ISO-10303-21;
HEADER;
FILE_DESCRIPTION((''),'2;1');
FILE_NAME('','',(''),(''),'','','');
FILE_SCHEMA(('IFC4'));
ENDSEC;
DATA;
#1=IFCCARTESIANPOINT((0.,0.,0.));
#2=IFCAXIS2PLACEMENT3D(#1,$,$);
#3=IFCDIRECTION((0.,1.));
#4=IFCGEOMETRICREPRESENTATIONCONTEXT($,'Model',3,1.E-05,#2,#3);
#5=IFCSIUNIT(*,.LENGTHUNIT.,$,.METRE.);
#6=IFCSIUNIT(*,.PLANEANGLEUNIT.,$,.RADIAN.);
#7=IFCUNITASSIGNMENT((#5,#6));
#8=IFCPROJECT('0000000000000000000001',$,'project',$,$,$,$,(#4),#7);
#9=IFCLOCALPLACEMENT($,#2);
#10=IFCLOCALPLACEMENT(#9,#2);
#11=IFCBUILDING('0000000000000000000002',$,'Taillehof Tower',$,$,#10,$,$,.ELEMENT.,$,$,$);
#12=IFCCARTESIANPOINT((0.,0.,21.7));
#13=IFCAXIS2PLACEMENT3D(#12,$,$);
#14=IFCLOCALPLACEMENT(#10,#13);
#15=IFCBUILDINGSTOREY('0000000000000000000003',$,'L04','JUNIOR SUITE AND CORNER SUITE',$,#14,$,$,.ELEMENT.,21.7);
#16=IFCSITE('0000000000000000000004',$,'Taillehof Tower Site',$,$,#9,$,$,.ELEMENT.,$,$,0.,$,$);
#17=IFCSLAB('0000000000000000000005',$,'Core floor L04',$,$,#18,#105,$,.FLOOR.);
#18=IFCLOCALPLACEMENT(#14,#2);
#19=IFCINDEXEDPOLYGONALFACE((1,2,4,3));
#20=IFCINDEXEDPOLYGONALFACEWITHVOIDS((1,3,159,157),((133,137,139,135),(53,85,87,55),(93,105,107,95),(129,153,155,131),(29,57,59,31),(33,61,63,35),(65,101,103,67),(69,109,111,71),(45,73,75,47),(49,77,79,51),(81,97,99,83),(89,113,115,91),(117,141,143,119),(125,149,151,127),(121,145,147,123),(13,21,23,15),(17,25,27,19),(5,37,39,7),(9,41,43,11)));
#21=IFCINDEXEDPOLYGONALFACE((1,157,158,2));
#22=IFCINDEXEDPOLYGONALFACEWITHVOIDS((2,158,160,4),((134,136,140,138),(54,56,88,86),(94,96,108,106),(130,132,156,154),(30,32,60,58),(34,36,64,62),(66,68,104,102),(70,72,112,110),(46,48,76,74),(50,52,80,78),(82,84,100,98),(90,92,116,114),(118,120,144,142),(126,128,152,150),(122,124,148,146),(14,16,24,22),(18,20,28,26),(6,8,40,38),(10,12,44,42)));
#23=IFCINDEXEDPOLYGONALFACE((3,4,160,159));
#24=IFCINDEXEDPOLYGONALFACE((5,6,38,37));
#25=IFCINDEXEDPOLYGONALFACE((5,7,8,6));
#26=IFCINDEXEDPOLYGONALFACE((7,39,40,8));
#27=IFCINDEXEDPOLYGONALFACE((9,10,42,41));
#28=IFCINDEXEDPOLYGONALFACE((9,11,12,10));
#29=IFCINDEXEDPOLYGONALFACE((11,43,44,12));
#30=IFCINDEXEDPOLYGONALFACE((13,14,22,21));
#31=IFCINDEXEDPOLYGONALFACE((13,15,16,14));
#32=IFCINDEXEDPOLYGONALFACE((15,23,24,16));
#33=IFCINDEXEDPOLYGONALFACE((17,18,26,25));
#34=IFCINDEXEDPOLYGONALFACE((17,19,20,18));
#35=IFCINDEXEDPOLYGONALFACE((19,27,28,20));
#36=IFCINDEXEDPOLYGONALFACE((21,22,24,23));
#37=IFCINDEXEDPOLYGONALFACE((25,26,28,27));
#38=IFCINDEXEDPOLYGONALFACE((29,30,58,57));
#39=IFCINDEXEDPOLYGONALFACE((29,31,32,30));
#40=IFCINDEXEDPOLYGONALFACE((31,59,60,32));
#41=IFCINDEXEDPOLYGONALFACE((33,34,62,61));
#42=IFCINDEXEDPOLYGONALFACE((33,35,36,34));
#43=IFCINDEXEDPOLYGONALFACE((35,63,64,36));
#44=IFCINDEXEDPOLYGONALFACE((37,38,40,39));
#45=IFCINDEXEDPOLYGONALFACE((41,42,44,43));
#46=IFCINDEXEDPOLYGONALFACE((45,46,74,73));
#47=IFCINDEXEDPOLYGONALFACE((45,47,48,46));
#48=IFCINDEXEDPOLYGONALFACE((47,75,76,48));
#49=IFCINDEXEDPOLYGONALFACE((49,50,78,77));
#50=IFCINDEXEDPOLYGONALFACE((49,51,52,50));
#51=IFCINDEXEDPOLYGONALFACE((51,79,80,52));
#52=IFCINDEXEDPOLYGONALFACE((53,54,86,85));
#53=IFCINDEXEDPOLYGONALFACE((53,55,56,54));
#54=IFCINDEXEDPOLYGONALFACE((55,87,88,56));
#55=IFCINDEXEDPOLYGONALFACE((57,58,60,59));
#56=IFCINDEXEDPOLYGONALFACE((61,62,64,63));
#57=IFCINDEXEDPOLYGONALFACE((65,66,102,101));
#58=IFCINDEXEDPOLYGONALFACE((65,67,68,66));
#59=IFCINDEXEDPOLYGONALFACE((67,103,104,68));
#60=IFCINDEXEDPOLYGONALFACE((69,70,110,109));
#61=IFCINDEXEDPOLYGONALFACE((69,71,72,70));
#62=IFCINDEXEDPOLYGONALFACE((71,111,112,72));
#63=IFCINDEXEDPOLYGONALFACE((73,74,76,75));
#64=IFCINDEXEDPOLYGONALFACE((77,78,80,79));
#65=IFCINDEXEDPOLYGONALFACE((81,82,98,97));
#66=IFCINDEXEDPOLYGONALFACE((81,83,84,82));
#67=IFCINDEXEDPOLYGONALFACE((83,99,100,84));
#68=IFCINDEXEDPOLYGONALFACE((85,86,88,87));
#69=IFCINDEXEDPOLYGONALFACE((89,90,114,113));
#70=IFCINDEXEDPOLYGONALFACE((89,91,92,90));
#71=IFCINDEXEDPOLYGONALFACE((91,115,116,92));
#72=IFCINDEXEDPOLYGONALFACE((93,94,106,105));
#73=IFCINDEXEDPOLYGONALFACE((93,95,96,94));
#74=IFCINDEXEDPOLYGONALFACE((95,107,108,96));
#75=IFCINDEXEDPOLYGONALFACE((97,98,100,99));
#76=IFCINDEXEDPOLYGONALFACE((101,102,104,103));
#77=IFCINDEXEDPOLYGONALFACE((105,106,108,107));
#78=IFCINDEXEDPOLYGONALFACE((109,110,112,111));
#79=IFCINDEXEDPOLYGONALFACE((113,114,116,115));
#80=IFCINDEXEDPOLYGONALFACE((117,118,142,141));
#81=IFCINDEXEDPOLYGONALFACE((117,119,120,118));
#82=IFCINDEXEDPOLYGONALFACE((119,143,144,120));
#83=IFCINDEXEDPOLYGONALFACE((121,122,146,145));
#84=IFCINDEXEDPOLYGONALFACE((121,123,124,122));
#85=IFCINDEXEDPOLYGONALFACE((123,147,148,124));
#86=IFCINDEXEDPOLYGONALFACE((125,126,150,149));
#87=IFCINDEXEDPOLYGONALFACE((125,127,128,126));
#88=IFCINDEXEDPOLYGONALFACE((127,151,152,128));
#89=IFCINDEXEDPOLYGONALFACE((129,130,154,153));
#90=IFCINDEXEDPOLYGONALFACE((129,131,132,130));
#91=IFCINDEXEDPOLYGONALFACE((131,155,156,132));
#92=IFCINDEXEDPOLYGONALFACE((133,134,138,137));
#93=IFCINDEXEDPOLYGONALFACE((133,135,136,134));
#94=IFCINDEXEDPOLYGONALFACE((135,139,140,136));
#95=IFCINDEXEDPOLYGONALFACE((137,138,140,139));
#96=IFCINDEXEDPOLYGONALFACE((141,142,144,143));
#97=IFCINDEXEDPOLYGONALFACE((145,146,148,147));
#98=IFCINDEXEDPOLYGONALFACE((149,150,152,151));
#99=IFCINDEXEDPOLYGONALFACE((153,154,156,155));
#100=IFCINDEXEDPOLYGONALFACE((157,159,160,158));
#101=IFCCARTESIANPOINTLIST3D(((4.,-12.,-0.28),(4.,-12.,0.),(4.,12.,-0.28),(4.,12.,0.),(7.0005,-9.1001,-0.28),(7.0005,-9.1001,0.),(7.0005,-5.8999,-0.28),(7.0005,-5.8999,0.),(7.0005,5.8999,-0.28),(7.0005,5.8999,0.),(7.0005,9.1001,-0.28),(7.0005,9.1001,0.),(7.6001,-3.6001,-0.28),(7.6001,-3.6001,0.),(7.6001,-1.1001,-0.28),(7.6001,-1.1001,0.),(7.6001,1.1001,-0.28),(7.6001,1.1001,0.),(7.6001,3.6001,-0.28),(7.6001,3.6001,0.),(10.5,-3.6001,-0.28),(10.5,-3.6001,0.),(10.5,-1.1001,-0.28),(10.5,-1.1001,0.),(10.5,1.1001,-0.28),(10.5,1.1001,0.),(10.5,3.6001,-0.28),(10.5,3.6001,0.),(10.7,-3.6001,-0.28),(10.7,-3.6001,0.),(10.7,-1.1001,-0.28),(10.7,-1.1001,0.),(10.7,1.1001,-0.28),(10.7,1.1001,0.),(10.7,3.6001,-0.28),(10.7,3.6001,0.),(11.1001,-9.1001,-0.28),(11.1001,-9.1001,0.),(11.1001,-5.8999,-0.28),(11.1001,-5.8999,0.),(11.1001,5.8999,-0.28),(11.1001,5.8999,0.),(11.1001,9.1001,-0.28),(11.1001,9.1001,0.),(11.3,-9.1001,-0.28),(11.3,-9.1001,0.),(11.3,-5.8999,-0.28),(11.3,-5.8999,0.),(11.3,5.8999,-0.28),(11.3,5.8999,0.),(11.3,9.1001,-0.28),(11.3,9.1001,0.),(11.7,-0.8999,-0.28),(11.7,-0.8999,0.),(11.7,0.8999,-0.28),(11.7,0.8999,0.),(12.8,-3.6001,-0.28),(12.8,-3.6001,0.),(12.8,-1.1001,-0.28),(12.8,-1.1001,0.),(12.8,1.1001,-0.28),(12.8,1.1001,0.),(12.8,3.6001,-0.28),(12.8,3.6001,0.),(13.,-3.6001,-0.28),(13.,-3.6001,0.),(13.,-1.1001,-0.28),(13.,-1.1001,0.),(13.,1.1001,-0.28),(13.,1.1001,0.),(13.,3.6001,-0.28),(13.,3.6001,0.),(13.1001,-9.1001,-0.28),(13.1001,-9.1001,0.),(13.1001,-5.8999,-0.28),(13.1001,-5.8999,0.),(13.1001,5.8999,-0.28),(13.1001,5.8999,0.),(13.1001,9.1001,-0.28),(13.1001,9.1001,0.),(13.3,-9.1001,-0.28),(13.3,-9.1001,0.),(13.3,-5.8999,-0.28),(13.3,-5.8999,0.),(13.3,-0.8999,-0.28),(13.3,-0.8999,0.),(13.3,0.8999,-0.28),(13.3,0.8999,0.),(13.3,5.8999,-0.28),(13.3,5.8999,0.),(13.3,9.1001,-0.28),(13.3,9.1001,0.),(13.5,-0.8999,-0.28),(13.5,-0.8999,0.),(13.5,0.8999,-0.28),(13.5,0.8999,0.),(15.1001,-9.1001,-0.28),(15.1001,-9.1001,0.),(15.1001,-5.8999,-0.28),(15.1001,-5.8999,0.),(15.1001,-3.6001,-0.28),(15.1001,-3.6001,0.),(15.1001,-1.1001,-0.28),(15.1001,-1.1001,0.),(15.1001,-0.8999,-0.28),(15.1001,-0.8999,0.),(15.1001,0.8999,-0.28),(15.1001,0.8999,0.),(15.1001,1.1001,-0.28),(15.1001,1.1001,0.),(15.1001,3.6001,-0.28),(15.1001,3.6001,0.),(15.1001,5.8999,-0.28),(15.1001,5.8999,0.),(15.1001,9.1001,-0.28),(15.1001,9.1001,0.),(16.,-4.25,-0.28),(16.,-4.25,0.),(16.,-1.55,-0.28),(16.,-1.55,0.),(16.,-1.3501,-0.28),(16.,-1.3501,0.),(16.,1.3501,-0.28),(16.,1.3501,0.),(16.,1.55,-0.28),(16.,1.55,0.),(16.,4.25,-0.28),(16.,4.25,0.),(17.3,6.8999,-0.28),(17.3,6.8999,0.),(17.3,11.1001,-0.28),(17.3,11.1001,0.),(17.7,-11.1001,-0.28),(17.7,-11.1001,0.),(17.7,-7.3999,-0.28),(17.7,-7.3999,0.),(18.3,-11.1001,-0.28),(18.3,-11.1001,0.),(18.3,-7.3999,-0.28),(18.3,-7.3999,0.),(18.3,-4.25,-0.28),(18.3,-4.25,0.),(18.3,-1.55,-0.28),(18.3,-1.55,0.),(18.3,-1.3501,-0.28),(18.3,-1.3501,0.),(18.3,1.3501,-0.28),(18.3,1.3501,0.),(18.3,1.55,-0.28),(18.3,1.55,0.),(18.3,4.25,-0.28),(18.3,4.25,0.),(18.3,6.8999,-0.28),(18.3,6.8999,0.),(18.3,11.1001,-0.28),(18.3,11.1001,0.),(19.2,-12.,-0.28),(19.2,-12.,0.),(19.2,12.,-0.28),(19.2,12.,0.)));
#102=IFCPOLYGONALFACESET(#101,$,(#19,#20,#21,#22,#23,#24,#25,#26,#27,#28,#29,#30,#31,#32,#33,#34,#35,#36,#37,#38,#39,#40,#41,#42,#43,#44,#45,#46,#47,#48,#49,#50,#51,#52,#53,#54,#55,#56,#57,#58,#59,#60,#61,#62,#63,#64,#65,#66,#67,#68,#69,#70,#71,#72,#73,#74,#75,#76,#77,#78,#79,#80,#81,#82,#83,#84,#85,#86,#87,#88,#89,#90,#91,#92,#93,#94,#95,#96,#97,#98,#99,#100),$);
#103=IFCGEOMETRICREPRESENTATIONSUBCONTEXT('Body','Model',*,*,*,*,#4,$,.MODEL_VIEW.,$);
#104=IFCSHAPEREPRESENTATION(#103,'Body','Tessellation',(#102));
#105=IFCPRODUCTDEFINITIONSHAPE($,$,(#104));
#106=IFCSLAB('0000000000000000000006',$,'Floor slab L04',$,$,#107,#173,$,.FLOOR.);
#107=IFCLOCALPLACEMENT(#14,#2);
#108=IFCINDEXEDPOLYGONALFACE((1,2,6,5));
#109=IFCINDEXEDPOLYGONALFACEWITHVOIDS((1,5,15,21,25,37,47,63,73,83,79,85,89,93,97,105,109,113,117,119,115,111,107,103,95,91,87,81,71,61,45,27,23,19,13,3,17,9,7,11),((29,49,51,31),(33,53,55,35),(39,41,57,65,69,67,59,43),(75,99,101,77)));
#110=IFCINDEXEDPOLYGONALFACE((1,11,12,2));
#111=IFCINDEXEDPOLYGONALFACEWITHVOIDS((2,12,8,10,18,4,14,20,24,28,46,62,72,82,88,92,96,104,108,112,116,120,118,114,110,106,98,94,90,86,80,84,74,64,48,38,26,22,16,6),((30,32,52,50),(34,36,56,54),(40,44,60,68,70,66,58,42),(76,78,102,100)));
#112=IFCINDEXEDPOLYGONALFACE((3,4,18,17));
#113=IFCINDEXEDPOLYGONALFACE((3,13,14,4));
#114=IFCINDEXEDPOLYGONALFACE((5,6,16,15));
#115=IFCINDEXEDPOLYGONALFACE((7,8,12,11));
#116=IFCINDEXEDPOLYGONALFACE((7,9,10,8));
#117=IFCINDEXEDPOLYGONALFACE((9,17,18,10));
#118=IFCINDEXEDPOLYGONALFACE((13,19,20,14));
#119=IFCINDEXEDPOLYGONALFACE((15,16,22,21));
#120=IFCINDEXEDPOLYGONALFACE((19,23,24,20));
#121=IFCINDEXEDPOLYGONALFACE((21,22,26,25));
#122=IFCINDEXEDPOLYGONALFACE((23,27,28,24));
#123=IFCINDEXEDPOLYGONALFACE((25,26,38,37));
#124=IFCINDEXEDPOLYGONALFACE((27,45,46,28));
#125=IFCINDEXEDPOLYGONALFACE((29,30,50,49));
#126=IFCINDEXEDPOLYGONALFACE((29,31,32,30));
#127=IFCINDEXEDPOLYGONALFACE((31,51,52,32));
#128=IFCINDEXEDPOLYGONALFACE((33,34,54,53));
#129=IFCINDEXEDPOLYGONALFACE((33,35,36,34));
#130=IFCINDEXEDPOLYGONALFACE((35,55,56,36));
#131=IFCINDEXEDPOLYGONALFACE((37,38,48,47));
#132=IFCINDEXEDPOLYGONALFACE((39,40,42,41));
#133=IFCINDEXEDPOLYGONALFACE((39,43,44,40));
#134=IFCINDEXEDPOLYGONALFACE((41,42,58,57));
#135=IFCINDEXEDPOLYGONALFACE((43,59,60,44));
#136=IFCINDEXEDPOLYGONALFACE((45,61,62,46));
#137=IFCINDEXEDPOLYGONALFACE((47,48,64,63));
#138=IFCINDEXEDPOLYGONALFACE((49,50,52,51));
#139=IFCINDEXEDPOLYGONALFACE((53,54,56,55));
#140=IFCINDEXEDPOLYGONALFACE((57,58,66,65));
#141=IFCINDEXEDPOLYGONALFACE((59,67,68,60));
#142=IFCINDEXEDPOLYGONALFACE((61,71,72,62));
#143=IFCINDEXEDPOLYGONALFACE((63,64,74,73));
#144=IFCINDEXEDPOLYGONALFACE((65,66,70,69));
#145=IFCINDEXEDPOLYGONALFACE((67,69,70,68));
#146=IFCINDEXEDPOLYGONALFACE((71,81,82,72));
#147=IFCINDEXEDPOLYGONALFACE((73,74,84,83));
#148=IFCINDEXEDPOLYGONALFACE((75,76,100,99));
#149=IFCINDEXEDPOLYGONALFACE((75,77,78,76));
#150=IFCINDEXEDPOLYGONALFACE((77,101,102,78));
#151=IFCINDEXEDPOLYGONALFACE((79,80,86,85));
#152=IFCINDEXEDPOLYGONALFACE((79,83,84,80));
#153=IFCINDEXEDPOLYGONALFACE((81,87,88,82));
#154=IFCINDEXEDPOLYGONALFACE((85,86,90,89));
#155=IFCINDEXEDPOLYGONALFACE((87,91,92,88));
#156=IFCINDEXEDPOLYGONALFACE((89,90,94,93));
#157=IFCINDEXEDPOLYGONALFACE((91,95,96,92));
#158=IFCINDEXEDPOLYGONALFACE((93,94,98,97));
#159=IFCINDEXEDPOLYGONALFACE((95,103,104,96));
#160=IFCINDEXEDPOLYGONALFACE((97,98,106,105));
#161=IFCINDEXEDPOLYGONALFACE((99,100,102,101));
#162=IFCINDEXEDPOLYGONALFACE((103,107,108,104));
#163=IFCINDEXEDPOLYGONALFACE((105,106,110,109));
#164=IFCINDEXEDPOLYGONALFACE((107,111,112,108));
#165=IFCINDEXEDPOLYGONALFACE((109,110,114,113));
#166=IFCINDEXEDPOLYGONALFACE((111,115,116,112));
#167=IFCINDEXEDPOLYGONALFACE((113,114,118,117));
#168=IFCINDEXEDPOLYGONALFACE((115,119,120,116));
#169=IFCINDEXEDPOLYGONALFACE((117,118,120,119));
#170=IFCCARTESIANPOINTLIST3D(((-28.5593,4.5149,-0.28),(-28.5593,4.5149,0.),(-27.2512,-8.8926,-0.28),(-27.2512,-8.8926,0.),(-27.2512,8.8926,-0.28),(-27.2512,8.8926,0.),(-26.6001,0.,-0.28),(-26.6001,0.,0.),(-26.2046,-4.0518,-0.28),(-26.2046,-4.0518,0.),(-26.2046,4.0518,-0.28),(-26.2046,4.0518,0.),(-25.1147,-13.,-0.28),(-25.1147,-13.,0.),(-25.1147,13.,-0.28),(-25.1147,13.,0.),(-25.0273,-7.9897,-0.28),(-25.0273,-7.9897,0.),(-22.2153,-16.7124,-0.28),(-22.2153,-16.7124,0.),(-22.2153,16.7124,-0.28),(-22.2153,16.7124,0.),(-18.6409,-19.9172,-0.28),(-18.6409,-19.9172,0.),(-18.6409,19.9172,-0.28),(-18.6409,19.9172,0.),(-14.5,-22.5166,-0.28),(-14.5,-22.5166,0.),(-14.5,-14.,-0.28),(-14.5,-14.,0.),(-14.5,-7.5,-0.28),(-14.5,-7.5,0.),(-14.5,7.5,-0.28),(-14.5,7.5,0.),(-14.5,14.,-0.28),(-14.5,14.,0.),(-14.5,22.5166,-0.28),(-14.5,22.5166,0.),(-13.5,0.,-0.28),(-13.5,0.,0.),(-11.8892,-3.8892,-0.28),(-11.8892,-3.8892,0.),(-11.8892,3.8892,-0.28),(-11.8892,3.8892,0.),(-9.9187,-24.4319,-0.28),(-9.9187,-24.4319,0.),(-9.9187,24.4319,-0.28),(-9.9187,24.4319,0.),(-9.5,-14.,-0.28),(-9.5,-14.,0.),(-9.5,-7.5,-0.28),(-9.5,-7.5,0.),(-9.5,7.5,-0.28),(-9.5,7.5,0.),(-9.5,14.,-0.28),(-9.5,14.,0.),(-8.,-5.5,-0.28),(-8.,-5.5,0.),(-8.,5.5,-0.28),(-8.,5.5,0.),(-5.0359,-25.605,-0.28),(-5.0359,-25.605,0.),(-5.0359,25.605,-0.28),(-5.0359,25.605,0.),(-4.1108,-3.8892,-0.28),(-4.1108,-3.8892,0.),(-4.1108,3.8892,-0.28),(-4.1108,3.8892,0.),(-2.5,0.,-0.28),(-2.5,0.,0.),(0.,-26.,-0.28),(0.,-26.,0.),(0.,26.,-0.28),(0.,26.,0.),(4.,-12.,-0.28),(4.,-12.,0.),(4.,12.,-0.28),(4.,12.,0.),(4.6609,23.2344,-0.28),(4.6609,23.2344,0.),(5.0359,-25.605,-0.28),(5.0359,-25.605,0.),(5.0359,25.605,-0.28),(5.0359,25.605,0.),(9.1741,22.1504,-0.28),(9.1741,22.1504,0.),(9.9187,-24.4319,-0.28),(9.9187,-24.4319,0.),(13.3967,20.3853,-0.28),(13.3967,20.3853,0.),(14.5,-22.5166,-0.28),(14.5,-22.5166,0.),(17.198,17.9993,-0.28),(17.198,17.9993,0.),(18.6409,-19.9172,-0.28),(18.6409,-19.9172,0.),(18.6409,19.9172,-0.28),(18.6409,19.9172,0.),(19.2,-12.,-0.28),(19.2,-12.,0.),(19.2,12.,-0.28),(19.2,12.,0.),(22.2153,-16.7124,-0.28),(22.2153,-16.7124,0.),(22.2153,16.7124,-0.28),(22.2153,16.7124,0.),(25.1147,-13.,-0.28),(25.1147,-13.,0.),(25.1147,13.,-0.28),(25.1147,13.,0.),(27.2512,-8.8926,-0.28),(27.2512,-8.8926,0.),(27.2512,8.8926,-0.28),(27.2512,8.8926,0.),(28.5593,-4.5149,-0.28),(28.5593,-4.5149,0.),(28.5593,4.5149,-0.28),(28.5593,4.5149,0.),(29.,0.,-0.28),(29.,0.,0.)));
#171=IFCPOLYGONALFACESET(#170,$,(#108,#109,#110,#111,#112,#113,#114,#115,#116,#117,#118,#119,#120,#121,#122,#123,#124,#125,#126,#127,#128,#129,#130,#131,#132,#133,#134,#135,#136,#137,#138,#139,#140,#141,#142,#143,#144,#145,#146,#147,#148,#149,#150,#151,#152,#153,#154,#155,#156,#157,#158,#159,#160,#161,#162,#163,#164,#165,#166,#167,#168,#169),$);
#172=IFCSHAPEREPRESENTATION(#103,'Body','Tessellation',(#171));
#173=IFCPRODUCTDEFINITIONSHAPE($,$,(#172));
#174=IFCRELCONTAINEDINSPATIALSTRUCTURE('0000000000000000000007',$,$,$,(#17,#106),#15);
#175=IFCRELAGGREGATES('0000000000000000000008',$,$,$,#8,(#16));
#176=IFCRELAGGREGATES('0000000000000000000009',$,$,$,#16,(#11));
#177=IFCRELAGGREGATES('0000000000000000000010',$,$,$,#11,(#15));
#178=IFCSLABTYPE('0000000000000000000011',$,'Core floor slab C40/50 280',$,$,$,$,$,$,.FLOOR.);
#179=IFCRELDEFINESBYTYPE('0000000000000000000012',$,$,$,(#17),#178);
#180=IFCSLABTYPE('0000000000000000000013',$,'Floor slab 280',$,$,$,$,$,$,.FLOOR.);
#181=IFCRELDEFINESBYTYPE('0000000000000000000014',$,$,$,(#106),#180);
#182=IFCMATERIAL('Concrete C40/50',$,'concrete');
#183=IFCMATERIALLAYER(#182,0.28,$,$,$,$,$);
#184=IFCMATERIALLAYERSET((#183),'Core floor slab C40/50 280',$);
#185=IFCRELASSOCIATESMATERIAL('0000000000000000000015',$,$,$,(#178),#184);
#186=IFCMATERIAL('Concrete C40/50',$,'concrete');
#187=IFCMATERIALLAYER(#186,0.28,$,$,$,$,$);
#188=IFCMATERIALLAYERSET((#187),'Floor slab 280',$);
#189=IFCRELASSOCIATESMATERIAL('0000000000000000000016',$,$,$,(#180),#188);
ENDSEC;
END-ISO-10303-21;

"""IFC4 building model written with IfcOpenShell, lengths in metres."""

from ifc_helpers import new_model, si_unit, direction, frame, origin, place, context, subcontext, project, spatial, polyline, outline, extrude, material, layer, layer_set, type_object, element, save


model = new_model("IFC4")

# Units and contexts
model_context = context("Model", 3, precision=1e-05, world=origin(), true_north=direction((0.0, 1.0)))
body_context = subcontext(model_context, "Body", "Model", "MODEL_VIEW")
ifc_project = project(units=[si_unit("LENGTHUNIT", "METRE"), si_unit("PLANEANGLEUNIT", "RADIAN")], contexts=[model_context])

# Site, building, storey
site_placement = place(None, origin())
site = spatial("IfcSite", under=ifc_project, at=site_placement, Name="Taillehof Tower Site", CompositionType="ELEMENT", RefElevation=0.0)
building_placement = place(site_placement, origin())
building = spatial("IfcBuilding", under=site, at=building_placement, Name="Taillehof Tower", CompositionType="ELEMENT")
storey_placement = place(building_placement, frame((0.0, 0.0, 21.7)))
storey = spatial("IfcBuildingStorey", under=building, at=storey_placement, Name="L04", Description="JUNIOR SUITE AND CORNER SUITE", CompositionType="ELEMENT", Elevation=21.7)

# Slabs
ifc_material_1 = material(Name="Concrete C40/50", Category="concrete")
ifc_layer_1 = layer(ifc_material_1, 0.28)
ifc_layer_set_1 = layer_set([ifc_layer_1], Name="Core floor slab C40/50 280")
slab_type_1 = type_object("IfcSlabType", Name="Core floor slab C40/50 280", PredefinedType="FLOOR", material=ifc_layer_set_1)
slab_1_placement = place(storey_placement, frame((0.0, 0.0, -0.28)))
element("IfcSlab", 1, at=slab_1_placement, inside=storey, type_object=slab_type_1, Name="Core floor L04", PredefinedType="FLOOR", context=body_context, shape_type="SweptSolid", body=[
    extrude(outline(polyline([(4.0, -12.0), (4.0, 12.0), (19.2, 12.0), (19.2, -12.0), (4.0, -12.0)]), holes=[polyline([(7.0005, -9.1001), (11.1001, -9.1001), (11.1001, -5.8999), (7.0005, -5.8999), (7.0005, -9.1001)]), polyline([(13.1001, -9.1001), (13.1001, -5.8999), (11.3, -5.8999), (11.3, -9.1001), (13.1001, -9.1001)]), polyline([(10.5, -3.6001), (10.5, -1.1001), (7.6001, -1.1001), (7.6001, -3.6001), (10.5, -3.6001)]), polyline([(12.8, -3.6001), (12.8, -1.1001), (10.7, -1.1001), (10.7, -3.6001), (12.8, -3.6001)]), polyline([(13.3, -0.8999), (13.3, 0.8999), (11.7, 0.8999), (11.7, -0.8999), (13.3, -0.8999)]), polyline([(10.5, 1.1001), (10.5, 3.6001), (7.6001, 3.6001), (7.6001, 1.1001), (10.5, 1.1001)]), polyline([(12.8, 1.1001), (12.8, 3.6001), (10.7, 3.6001), (10.7, 1.1001), (12.8, 1.1001)]), polyline([(13.0, 1.1001), (15.1001, 1.1001), (15.1001, 3.6001), (13.0, 3.6001), (13.0, 1.1001)]), polyline([(11.3, 5.8999), (13.1001, 5.8999), (13.1001, 9.1001), (11.3, 9.1001), (11.3, 5.8999)]), polyline([(11.1001, 5.8999), (11.1001, 9.1001), (7.0005, 9.1001), (7.0005, 5.8999), (11.1001, 5.8999)]), polyline([(18.3, -11.1001), (18.3, -7.3999), (17.7, -7.3999), (17.7, -11.1001), (18.3, -11.1001)]), polyline([(15.1001, -9.1001), (15.1001, -5.8999), (13.3, -5.8999), (13.3, -9.1001), (15.1001, -9.1001)]), polyline([(16.0, -4.25), (18.3, -4.25), (18.3, -1.55), (16.0, -1.55), (16.0, -4.25)]), polyline([(13.0, -3.6001), (15.1001, -3.6001), (15.1001, -1.1001), (13.0, -1.1001), (13.0, -3.6001)]), polyline([(15.1001, -0.8999), (15.1001, 0.8999), (13.5, 0.8999), (13.5, -0.8999), (15.1001, -0.8999)]), polyline([(18.3, -1.3501), (18.3, 1.3501), (16.0, 1.3501), (16.0, -1.3501), (18.3, -1.3501)]), polyline([(18.3, 1.55), (18.3, 4.25), (16.0, 4.25), (16.0, 1.55), (18.3, 1.55)]), polyline([(13.3, 5.8999), (15.1001, 5.8999), (15.1001, 9.1001), (13.3, 9.1001), (13.3, 5.8999)]), polyline([(17.3, 6.8999), (18.3, 6.8999), (18.3, 11.1001), (17.3, 11.1001), (17.3, 6.8999)])]), origin(), (0.0, 0.0, 1.0), 0.28),
])
ifc_material_2 = material(Name="Concrete C40/50", Category="concrete")
ifc_layer_2 = layer(ifc_material_2, 0.28)
ifc_layer_set_2 = layer_set([ifc_layer_2], Name="Floor slab 280")
slab_type_2 = type_object("IfcSlabType", Name="Floor slab 280", PredefinedType="FLOOR", material=ifc_layer_set_2)
slab_2_placement = place(storey_placement, frame((0.0, 0.0, -0.28)))
element("IfcSlab", 2, at=slab_2_placement, inside=storey, type_object=slab_type_2, Name="Floor slab L04", PredefinedType="FLOOR", context=body_context, shape_type="SweptSolid", body=[
    extrude(outline(polyline([(29.0, 0.0), (28.5593, 4.5149), (27.2512, 8.8926), (25.1147, 13.0), (22.2153, 16.7124), (18.6409, 19.9172), (17.198, 17.9993), (13.3967, 20.3853), (9.1741, 22.1504), (4.6609, 23.2344), (5.0359, 25.605), (0.0, 26.0), (-5.0359, 25.605), (-9.9187, 24.4319), (-14.5, 22.5166), (-18.6409, 19.9172), (-22.2153, 16.7124), (-25.1147, 13.0), (-27.2512, 8.8926), (-28.5593, 4.5149), (-26.2046, 4.0518), (-26.6001, 0.0), (-26.2046, -4.0518), (-25.0273, -7.9897), (-27.2512, -8.8926), (-25.1147, -13.0), (-22.2153, -16.7124), (-18.6409, -19.9172), (-14.5, -22.5166), (-9.9187, -24.4319), (-5.0359, -25.605), (0.0, -26.0), (5.0359, -25.605), (9.9187, -24.4319), (14.5, -22.5166), (18.6409, -19.9172), (22.2153, -16.7124), (25.1147, -13.0), (27.2512, -8.8926), (28.5593, -4.5149), (29.0, 0.0)]), holes=[polyline([(-14.5, -7.5), (-9.5, -7.5), (-9.5, -14.0), (-14.5, -14.0), (-14.5, -7.5)]), polyline([(-8.0, -5.5), (-11.8892, -3.8892), (-13.5, 0.0), (-11.8892, 3.8892), (-8.0, 5.5), (-4.1108, 3.8892), (-2.5, 0.0), (-4.1108, -3.8892), (-8.0, -5.5)]), polyline([(19.2, 12.0), (19.2, -12.0), (4.0, -12.0), (4.0, 12.0), (19.2, 12.0)]), polyline([(-14.5, 14.0), (-9.5, 14.0), (-9.5, 7.5), (-14.5, 7.5), (-14.5, 14.0)])]), origin(), (0.0, 0.0, 1.0), 0.28),
])

save(model, "model.ifc")
